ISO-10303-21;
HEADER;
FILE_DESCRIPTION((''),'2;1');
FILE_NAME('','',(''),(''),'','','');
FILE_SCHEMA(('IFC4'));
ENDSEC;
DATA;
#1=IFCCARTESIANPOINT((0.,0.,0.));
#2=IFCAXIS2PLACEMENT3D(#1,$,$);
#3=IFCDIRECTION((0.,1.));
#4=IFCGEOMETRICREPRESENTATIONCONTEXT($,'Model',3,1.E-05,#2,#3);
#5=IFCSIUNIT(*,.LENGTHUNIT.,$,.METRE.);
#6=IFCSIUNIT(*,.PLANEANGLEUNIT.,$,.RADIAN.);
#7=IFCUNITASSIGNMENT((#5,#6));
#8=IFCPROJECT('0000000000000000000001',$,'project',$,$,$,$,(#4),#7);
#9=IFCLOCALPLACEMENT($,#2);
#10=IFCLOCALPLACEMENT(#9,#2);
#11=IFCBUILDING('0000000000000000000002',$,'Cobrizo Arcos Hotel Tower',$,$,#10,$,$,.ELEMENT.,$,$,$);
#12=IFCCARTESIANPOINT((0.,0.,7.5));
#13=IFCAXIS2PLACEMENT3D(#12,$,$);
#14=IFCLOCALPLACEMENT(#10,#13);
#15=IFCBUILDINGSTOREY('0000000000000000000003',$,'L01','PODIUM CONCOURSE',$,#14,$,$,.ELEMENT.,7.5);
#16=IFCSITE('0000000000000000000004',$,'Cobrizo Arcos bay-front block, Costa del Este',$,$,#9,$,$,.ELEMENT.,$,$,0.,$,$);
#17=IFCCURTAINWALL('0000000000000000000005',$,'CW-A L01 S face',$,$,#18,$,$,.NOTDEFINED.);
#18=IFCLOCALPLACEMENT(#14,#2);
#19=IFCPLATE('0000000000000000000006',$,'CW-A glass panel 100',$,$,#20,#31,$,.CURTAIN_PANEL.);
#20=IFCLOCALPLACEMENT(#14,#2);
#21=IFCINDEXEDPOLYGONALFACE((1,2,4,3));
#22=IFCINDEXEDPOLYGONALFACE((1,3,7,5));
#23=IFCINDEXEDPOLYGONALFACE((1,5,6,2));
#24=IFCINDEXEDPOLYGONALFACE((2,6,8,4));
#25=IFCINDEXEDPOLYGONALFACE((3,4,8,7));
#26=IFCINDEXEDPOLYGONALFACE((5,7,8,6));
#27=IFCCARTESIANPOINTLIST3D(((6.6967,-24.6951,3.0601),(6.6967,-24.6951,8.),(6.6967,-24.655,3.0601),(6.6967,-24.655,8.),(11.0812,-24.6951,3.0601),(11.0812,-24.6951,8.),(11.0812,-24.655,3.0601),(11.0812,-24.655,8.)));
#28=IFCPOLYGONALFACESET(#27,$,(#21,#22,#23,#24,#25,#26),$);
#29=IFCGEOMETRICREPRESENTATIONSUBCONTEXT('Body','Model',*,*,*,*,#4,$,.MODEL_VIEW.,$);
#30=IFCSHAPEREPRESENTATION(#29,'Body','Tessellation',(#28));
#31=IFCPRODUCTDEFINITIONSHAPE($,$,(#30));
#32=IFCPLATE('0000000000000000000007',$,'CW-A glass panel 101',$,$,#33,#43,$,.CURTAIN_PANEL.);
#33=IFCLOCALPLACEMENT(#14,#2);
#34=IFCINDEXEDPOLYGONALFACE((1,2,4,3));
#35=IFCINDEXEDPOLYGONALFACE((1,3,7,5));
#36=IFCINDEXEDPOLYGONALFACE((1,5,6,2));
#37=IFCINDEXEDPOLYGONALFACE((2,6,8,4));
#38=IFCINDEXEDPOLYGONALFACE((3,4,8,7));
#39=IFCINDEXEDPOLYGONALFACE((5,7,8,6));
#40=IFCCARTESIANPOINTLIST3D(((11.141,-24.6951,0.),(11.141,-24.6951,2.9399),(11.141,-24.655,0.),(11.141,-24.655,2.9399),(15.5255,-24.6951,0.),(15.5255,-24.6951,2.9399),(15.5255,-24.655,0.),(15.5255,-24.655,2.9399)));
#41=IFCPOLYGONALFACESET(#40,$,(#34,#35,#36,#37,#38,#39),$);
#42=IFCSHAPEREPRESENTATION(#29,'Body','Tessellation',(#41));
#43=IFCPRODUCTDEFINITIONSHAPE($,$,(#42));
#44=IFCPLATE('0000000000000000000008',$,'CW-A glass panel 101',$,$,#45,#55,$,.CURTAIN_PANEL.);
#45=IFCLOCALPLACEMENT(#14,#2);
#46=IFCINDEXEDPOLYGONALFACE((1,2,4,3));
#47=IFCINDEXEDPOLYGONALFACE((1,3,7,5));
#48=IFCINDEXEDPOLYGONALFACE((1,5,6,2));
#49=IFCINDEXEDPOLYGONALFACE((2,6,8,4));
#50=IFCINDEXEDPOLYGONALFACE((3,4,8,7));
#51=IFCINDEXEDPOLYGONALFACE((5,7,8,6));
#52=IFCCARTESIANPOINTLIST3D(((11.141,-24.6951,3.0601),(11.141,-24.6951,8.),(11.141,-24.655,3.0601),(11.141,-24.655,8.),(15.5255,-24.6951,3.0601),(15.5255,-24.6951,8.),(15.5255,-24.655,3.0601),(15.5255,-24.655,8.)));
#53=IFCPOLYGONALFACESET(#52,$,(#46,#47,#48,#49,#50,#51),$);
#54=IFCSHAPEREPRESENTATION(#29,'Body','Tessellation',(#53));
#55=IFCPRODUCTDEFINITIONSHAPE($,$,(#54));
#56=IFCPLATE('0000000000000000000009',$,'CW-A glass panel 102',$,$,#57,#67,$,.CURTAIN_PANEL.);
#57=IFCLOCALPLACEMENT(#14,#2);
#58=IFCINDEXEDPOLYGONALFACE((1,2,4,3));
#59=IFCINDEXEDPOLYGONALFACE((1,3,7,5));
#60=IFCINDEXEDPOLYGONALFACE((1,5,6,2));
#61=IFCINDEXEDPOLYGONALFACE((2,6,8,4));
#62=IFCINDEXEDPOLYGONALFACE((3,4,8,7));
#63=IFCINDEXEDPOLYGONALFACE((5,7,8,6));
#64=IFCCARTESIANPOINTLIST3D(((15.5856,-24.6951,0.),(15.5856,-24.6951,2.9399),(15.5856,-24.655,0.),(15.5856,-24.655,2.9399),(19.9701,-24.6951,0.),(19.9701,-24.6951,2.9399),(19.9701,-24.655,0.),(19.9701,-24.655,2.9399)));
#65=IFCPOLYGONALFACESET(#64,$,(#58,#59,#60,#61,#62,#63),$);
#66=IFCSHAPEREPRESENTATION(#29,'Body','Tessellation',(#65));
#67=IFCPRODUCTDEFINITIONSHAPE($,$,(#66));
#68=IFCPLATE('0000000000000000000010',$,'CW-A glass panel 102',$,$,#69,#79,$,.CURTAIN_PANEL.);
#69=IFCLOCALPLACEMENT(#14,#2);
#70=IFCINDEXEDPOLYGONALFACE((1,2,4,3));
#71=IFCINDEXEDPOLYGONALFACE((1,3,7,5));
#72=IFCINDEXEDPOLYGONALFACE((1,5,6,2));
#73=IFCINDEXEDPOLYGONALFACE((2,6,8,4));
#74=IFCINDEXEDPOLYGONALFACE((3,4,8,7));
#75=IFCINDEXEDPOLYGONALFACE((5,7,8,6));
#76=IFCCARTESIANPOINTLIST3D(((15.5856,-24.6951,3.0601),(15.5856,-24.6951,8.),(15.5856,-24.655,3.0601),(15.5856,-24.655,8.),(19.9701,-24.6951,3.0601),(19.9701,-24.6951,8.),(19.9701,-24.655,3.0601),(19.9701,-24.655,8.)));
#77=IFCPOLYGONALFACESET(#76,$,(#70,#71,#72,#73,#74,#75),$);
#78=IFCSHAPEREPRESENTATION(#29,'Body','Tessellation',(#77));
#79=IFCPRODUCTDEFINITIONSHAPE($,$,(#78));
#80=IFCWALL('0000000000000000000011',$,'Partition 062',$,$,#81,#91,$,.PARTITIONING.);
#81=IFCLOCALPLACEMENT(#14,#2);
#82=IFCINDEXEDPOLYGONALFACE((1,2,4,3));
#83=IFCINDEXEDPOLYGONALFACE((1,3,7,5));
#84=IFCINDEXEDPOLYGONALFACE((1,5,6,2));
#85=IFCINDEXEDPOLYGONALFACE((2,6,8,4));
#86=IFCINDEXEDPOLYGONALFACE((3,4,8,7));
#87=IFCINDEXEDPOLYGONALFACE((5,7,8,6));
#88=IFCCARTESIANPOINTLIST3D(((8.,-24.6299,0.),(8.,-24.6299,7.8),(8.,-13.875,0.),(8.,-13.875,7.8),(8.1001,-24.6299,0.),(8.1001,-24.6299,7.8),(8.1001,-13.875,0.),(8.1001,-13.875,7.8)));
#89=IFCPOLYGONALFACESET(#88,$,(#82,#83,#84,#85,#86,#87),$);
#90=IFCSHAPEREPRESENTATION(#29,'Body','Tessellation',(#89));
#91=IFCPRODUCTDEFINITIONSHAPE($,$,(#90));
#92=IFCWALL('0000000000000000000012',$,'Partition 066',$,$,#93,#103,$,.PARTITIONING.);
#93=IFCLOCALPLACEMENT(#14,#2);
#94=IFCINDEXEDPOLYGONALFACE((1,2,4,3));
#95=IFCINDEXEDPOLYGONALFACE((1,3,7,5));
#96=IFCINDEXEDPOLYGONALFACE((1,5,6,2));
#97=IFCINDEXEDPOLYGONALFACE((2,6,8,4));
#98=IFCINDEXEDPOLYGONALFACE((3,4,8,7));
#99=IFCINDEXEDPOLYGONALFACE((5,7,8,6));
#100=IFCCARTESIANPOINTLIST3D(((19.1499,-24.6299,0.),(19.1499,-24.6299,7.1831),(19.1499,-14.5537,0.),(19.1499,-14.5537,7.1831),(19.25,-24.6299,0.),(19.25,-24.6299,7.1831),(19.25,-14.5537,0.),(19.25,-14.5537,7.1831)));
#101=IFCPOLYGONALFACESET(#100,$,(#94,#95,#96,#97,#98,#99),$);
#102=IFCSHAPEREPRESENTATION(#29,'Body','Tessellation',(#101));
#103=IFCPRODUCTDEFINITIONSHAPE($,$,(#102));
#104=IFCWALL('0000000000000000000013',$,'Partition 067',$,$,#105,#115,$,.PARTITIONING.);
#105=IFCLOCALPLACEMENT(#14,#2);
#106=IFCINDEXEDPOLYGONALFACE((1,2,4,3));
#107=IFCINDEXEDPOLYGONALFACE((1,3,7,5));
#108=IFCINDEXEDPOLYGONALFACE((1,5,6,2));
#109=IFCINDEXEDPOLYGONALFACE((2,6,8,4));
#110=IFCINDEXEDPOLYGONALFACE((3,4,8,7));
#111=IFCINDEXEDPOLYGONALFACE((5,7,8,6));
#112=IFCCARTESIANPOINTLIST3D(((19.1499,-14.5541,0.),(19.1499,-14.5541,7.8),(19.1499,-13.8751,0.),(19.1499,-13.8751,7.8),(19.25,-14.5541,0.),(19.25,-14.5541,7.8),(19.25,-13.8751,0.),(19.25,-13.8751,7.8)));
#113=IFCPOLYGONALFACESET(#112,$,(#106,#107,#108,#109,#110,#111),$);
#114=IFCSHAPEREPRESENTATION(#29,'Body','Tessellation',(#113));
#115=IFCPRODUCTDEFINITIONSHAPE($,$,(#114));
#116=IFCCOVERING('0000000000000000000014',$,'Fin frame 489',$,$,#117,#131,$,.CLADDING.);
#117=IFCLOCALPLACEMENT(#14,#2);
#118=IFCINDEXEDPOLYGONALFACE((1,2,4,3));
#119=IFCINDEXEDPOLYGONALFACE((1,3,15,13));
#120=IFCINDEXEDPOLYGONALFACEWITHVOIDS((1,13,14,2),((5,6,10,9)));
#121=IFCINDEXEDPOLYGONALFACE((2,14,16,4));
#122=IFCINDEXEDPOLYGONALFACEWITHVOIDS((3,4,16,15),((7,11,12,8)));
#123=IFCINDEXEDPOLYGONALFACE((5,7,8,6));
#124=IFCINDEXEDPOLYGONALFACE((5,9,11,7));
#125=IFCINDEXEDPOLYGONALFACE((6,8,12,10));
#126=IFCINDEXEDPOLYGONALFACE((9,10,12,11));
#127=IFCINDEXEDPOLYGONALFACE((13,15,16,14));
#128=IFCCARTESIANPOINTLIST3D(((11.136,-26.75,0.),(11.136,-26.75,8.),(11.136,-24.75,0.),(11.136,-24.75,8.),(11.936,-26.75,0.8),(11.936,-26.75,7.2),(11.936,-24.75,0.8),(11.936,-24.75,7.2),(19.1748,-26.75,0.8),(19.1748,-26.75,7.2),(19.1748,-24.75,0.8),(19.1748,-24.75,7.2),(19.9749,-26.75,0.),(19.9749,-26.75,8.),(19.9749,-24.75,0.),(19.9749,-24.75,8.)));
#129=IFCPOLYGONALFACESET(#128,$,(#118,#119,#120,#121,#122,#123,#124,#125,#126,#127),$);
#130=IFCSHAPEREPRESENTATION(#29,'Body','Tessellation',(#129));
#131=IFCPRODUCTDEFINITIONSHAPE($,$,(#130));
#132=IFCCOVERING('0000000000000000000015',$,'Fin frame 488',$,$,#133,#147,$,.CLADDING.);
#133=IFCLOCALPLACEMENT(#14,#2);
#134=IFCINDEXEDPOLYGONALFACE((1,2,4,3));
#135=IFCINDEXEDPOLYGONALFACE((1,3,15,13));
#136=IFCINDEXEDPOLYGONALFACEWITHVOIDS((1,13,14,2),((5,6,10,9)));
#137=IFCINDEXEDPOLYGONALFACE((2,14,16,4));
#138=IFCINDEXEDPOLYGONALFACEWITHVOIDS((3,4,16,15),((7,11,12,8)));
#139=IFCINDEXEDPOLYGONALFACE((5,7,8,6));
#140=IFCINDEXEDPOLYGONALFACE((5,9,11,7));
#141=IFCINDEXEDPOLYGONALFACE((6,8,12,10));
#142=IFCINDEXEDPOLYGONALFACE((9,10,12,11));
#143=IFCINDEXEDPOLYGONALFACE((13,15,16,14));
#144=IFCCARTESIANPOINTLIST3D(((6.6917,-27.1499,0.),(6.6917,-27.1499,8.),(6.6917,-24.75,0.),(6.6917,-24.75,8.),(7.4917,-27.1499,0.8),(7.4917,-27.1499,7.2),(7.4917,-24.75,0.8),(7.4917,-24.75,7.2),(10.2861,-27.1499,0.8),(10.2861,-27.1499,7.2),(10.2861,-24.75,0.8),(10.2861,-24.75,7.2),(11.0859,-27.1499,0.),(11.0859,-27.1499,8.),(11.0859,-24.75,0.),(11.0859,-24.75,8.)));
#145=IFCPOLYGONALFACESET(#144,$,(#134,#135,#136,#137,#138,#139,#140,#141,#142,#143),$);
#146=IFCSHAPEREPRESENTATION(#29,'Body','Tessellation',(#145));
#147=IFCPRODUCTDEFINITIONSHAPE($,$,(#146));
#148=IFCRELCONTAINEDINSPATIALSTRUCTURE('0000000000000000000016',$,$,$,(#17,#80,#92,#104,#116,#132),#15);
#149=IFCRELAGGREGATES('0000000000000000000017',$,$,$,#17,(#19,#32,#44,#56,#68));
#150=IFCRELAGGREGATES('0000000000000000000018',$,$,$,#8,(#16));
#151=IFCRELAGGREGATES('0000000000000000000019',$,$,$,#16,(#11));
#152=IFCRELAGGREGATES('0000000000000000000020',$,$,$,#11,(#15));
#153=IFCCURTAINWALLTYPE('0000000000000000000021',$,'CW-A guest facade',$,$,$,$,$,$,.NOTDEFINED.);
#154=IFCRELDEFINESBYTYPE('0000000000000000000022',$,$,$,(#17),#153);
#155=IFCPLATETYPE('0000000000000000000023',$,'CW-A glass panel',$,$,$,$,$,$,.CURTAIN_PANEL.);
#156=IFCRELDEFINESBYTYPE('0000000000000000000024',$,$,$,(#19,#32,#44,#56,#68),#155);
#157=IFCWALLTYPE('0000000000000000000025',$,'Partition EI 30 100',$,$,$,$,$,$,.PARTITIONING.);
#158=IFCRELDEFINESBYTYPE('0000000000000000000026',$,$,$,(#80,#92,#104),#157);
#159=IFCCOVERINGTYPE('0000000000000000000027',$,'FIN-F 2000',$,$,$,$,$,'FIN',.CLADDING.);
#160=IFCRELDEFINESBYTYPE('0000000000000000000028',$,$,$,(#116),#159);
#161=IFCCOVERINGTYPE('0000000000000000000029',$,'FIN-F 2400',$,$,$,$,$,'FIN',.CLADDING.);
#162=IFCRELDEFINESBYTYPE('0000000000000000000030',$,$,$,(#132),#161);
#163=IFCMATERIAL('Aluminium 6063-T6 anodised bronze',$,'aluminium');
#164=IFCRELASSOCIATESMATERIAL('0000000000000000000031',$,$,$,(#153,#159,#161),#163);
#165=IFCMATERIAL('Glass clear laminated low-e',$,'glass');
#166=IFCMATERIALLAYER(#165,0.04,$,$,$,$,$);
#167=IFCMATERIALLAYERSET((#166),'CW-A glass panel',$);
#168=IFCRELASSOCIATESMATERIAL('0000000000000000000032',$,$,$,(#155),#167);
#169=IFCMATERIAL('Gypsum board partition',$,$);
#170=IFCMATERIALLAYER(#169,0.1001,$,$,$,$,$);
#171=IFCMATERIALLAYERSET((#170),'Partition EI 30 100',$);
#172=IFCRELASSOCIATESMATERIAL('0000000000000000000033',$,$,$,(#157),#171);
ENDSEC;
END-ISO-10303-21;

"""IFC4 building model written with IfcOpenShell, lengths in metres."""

from ifc_helpers import new_model, si_unit, direction, frame, frame_2d, origin, origin_2d, place, context, subcontext, project, spatial, polyline, rectangle, outline, extrude, material, layer, layer_set, type_object, element, aggregate, save


model = new_model("IFC4")

# Units and contexts
model_context = context("Model", 3, precision=1e-05, world=origin(), true_north=direction((0.0, 1.0)))
body_context = subcontext(model_context, "Body", "Model", "MODEL_VIEW")
ifc_project = project(units=[si_unit("LENGTHUNIT", "METRE"), si_unit("PLANEANGLEUNIT", "RADIAN")], contexts=[model_context])

# Site, building, storey
site_placement = place(None, origin())
site = spatial("IfcSite", under=ifc_project, at=site_placement, Name="Cobrizo Arcos bay-front block, Costa del Este", CompositionType="ELEMENT", RefElevation=0.0)
building_placement = place(site_placement, origin())
building = spatial("IfcBuilding", under=site, at=building_placement, Name="Cobrizo Arcos Hotel Tower", CompositionType="ELEMENT")
storey_placement = place(building_placement, frame((0.0, 0.0, 7.5)))
storey = spatial("IfcBuildingStorey", under=building, at=storey_placement, Name="L01", Description="PODIUM CONCOURSE", CompositionType="ELEMENT", Elevation=7.5)

# Curtain wall
ifc_material_1 = material(Name="Aluminium 6063-T6 anodised bronze", Category="aluminium")
curtain_wall_type = type_object("IfcCurtainWallType", Name="CW-A guest facade", PredefinedType="NOTDEFINED", material=ifc_material_1)
curtain_wall_placement = place(storey_placement, origin())
curtain_wall = element("IfcCurtainWall", 1, at=curtain_wall_placement, inside=storey, type_object=curtain_wall_type, Name="CW-A L01 S face", PredefinedType="NOTDEFINED")

# Plates
ifc_material_2 = material(Name="Glass clear laminated low-e", Category="glass")
ifc_layer_1 = layer(ifc_material_2, 0.04)
ifc_layer_set_1 = layer_set([ifc_layer_1], Name="CW-A glass panel")
plate_type = type_object("IfcPlateType", Name="CW-A glass panel", PredefinedType="CURTAIN_PANEL", material=ifc_layer_set_1)
plate_1_placement = place(storey_placement, frame((8.8889, -24.675, 3.0601), z_axis=(0.0, 0.0, 1.0), x_axis=(1.0, 0.0, 0.0)))
plate_1 = element("IfcPlate", 2, at=plate_1_placement, type_object=plate_type, Name="CW-A glass panel 100", PredefinedType="CURTAIN_PANEL", context=body_context, shape_type="SweptSolid", body=[
    extrude(rectangle(XDim=4.3845, YDim=0.04, at=origin_2d()), origin(), (0.0, 0.0, 1.0), 4.9399),
])
plate_2_placement = place(storey_placement, frame((13.3333, -24.675, 0.0), z_axis=(0.0, 0.0, 1.0), x_axis=(1.0, 0.0, 0.0)))
plate_2 = element("IfcPlate", 3, at=plate_2_placement, type_object=plate_type, Name="CW-A glass panel 101", PredefinedType="CURTAIN_PANEL", context=body_context, shape_type="SweptSolid", body=[
    extrude(rectangle(XDim=4.3845, YDim=0.04, at=origin_2d()), origin(), (0.0, 0.0, 1.0), 2.9399),
])
plate_3_placement = place(storey_placement, frame((13.3333, -24.675, 3.0601), z_axis=(0.0, 0.0, 1.0), x_axis=(1.0, 0.0, 0.0)))
plate_3 = element("IfcPlate", 4, at=plate_3_placement, type_object=plate_type, Name="CW-A glass panel 101", PredefinedType="CURTAIN_PANEL", context=body_context, shape_type="SweptSolid", body=[
    extrude(rectangle(XDim=4.3845, YDim=0.04, at=origin_2d()), origin(), (0.0, 0.0, 1.0), 4.9399),
])
plate_4_placement = place(storey_placement, frame((17.7778, -24.675, 0.0), z_axis=(0.0, 0.0, 1.0), x_axis=(1.0, 0.0, 0.0)))
plate_4 = element("IfcPlate", 5, at=plate_4_placement, type_object=plate_type, Name="CW-A glass panel 102", PredefinedType="CURTAIN_PANEL", context=body_context, shape_type="SweptSolid", body=[
    extrude(rectangle(XDim=4.3845, YDim=0.04, at=origin_2d()), origin(), (0.0, 0.0, 1.0), 2.9399),
])
plate_5_placement = place(storey_placement, frame((17.7778, -24.675, 3.0601), z_axis=(0.0, 0.0, 1.0), x_axis=(1.0, 0.0, 0.0)))
plate_5 = element("IfcPlate", 6, at=plate_5_placement, type_object=plate_type, Name="CW-A glass panel 102", PredefinedType="CURTAIN_PANEL", context=body_context, shape_type="SweptSolid", body=[
    extrude(rectangle(XDim=4.3845, YDim=0.04, at=origin_2d()), origin(), (0.0, 0.0, 1.0), 4.9399),
])
aggregate(curtain_wall, [plate_1, plate_2, plate_3, plate_4, plate_5])

# Walls
ifc_material_3 = material(Name="Gypsum board partition")
ifc_layer_2 = layer(ifc_material_3, 0.1001)
ifc_layer_set_2 = layer_set([ifc_layer_2], Name="Partition EI 30 100")
wall_type = type_object("IfcWallType", Name="Partition EI 30 100", PredefinedType="PARTITIONING", material=ifc_layer_set_2)
wall_1_placement = place(storey_placement, frame((8.05, -24.6299, 0.0), z_axis=(0.0, 0.0, 1.0), x_axis=(0.0, 1.0, 0.0)))
element("IfcWall", 7, at=wall_1_placement, inside=storey, type_object=wall_type, Name="Partition 062", PredefinedType="PARTITIONING", context=body_context, shape_type="SweptSolid", body=[
    extrude(rectangle(XDim=10.7549, YDim=0.1001, at=frame_2d((5.3774, 0.0))), origin(), (0.0, 0.0, 1.0), 7.8),
])
wall_2_placement = place(storey_placement, frame((19.2, -24.6299, 0.0), z_axis=(0.0, 0.0, 1.0), x_axis=(0.0, 1.0, 0.0)))
element("IfcWall", 8, at=wall_2_placement, inside=storey, type_object=wall_type, Name="Partition 066", PredefinedType="PARTITIONING", context=body_context, shape_type="SweptSolid", body=[
    extrude(rectangle(XDim=10.0762, YDim=0.1001, at=frame_2d((5.0381, 0.0))), origin(), (0.0, 0.0, 1.0), 7.1831),
])
wall_3_placement = place(storey_placement, frame((19.2, -14.554, 0.0), z_axis=(0.0, 0.0, 1.0), x_axis=(0.0, 1.0, 0.0)))
element("IfcWall", 9, at=wall_3_placement, inside=storey, type_object=wall_type, Name="Partition 067", PredefinedType="PARTITIONING", context=body_context, shape_type="SweptSolid", body=[
    extrude(rectangle(XDim=0.679, YDim=0.1001, at=frame_2d((0.3394, 0.0))), origin(), (0.0, 0.0, 1.0), 7.8),
])

# Coverings
covering_type_1 = type_object("IfcCoveringType", Name="FIN-F 2000", ElementType="FIN", PredefinedType="CLADDING", material=ifc_material_1)
covering_1_placement = place(storey_placement, frame((11.136, -24.75, 0.0), z_axis=(0.0, -1.0, 0.0), x_axis=(1.0, 0.0, 0.0)))
element("IfcCovering", 10, at=covering_1_placement, inside=storey, type_object=covering_type_1, Name="Fin frame 489", PredefinedType="CLADDING", context=body_context, shape_type="SweptSolid", body=[
    extrude(outline(polyline([(0.0, 8.0), (0.0, 0.0), (8.8389, 0.0), (8.8389, 8.0), (0.0, 8.0)]), holes=[polyline([(8.0388, 0.8), (0.8, 0.8), (0.8, 7.2), (8.0388, 7.2), (8.0388, 0.8)])]), origin(), (0.0, 0.0, 1.0), 2.0),
])
covering_type_2 = type_object("IfcCoveringType", Name="FIN-F 2400", ElementType="FIN", PredefinedType="CLADDING", material=ifc_material_1)
covering_2_placement = place(storey_placement, frame((6.6917, -24.75, 0.0), z_axis=(0.0, -1.0, 0.0), x_axis=(1.0, 0.0, 0.0)))
element("IfcCovering", 11, at=covering_2_placement, inside=storey, type_object=covering_type_2, Name="Fin frame 488", PredefinedType="CLADDING", context=body_context, shape_type="SweptSolid", body=[
    extrude(outline(polyline([(0.0, 8.0), (0.0, 0.0), (4.3943, 0.0), (4.3943, 8.0), (0.0, 8.0)]), holes=[polyline([(3.5945, 0.8), (0.8, 0.8), (0.8, 7.2), (3.5945, 7.2), (3.5945, 0.8)])]), origin(), (0.0, 0.0, 1.0), 2.3999),
])

save(model, "model.ifc")
